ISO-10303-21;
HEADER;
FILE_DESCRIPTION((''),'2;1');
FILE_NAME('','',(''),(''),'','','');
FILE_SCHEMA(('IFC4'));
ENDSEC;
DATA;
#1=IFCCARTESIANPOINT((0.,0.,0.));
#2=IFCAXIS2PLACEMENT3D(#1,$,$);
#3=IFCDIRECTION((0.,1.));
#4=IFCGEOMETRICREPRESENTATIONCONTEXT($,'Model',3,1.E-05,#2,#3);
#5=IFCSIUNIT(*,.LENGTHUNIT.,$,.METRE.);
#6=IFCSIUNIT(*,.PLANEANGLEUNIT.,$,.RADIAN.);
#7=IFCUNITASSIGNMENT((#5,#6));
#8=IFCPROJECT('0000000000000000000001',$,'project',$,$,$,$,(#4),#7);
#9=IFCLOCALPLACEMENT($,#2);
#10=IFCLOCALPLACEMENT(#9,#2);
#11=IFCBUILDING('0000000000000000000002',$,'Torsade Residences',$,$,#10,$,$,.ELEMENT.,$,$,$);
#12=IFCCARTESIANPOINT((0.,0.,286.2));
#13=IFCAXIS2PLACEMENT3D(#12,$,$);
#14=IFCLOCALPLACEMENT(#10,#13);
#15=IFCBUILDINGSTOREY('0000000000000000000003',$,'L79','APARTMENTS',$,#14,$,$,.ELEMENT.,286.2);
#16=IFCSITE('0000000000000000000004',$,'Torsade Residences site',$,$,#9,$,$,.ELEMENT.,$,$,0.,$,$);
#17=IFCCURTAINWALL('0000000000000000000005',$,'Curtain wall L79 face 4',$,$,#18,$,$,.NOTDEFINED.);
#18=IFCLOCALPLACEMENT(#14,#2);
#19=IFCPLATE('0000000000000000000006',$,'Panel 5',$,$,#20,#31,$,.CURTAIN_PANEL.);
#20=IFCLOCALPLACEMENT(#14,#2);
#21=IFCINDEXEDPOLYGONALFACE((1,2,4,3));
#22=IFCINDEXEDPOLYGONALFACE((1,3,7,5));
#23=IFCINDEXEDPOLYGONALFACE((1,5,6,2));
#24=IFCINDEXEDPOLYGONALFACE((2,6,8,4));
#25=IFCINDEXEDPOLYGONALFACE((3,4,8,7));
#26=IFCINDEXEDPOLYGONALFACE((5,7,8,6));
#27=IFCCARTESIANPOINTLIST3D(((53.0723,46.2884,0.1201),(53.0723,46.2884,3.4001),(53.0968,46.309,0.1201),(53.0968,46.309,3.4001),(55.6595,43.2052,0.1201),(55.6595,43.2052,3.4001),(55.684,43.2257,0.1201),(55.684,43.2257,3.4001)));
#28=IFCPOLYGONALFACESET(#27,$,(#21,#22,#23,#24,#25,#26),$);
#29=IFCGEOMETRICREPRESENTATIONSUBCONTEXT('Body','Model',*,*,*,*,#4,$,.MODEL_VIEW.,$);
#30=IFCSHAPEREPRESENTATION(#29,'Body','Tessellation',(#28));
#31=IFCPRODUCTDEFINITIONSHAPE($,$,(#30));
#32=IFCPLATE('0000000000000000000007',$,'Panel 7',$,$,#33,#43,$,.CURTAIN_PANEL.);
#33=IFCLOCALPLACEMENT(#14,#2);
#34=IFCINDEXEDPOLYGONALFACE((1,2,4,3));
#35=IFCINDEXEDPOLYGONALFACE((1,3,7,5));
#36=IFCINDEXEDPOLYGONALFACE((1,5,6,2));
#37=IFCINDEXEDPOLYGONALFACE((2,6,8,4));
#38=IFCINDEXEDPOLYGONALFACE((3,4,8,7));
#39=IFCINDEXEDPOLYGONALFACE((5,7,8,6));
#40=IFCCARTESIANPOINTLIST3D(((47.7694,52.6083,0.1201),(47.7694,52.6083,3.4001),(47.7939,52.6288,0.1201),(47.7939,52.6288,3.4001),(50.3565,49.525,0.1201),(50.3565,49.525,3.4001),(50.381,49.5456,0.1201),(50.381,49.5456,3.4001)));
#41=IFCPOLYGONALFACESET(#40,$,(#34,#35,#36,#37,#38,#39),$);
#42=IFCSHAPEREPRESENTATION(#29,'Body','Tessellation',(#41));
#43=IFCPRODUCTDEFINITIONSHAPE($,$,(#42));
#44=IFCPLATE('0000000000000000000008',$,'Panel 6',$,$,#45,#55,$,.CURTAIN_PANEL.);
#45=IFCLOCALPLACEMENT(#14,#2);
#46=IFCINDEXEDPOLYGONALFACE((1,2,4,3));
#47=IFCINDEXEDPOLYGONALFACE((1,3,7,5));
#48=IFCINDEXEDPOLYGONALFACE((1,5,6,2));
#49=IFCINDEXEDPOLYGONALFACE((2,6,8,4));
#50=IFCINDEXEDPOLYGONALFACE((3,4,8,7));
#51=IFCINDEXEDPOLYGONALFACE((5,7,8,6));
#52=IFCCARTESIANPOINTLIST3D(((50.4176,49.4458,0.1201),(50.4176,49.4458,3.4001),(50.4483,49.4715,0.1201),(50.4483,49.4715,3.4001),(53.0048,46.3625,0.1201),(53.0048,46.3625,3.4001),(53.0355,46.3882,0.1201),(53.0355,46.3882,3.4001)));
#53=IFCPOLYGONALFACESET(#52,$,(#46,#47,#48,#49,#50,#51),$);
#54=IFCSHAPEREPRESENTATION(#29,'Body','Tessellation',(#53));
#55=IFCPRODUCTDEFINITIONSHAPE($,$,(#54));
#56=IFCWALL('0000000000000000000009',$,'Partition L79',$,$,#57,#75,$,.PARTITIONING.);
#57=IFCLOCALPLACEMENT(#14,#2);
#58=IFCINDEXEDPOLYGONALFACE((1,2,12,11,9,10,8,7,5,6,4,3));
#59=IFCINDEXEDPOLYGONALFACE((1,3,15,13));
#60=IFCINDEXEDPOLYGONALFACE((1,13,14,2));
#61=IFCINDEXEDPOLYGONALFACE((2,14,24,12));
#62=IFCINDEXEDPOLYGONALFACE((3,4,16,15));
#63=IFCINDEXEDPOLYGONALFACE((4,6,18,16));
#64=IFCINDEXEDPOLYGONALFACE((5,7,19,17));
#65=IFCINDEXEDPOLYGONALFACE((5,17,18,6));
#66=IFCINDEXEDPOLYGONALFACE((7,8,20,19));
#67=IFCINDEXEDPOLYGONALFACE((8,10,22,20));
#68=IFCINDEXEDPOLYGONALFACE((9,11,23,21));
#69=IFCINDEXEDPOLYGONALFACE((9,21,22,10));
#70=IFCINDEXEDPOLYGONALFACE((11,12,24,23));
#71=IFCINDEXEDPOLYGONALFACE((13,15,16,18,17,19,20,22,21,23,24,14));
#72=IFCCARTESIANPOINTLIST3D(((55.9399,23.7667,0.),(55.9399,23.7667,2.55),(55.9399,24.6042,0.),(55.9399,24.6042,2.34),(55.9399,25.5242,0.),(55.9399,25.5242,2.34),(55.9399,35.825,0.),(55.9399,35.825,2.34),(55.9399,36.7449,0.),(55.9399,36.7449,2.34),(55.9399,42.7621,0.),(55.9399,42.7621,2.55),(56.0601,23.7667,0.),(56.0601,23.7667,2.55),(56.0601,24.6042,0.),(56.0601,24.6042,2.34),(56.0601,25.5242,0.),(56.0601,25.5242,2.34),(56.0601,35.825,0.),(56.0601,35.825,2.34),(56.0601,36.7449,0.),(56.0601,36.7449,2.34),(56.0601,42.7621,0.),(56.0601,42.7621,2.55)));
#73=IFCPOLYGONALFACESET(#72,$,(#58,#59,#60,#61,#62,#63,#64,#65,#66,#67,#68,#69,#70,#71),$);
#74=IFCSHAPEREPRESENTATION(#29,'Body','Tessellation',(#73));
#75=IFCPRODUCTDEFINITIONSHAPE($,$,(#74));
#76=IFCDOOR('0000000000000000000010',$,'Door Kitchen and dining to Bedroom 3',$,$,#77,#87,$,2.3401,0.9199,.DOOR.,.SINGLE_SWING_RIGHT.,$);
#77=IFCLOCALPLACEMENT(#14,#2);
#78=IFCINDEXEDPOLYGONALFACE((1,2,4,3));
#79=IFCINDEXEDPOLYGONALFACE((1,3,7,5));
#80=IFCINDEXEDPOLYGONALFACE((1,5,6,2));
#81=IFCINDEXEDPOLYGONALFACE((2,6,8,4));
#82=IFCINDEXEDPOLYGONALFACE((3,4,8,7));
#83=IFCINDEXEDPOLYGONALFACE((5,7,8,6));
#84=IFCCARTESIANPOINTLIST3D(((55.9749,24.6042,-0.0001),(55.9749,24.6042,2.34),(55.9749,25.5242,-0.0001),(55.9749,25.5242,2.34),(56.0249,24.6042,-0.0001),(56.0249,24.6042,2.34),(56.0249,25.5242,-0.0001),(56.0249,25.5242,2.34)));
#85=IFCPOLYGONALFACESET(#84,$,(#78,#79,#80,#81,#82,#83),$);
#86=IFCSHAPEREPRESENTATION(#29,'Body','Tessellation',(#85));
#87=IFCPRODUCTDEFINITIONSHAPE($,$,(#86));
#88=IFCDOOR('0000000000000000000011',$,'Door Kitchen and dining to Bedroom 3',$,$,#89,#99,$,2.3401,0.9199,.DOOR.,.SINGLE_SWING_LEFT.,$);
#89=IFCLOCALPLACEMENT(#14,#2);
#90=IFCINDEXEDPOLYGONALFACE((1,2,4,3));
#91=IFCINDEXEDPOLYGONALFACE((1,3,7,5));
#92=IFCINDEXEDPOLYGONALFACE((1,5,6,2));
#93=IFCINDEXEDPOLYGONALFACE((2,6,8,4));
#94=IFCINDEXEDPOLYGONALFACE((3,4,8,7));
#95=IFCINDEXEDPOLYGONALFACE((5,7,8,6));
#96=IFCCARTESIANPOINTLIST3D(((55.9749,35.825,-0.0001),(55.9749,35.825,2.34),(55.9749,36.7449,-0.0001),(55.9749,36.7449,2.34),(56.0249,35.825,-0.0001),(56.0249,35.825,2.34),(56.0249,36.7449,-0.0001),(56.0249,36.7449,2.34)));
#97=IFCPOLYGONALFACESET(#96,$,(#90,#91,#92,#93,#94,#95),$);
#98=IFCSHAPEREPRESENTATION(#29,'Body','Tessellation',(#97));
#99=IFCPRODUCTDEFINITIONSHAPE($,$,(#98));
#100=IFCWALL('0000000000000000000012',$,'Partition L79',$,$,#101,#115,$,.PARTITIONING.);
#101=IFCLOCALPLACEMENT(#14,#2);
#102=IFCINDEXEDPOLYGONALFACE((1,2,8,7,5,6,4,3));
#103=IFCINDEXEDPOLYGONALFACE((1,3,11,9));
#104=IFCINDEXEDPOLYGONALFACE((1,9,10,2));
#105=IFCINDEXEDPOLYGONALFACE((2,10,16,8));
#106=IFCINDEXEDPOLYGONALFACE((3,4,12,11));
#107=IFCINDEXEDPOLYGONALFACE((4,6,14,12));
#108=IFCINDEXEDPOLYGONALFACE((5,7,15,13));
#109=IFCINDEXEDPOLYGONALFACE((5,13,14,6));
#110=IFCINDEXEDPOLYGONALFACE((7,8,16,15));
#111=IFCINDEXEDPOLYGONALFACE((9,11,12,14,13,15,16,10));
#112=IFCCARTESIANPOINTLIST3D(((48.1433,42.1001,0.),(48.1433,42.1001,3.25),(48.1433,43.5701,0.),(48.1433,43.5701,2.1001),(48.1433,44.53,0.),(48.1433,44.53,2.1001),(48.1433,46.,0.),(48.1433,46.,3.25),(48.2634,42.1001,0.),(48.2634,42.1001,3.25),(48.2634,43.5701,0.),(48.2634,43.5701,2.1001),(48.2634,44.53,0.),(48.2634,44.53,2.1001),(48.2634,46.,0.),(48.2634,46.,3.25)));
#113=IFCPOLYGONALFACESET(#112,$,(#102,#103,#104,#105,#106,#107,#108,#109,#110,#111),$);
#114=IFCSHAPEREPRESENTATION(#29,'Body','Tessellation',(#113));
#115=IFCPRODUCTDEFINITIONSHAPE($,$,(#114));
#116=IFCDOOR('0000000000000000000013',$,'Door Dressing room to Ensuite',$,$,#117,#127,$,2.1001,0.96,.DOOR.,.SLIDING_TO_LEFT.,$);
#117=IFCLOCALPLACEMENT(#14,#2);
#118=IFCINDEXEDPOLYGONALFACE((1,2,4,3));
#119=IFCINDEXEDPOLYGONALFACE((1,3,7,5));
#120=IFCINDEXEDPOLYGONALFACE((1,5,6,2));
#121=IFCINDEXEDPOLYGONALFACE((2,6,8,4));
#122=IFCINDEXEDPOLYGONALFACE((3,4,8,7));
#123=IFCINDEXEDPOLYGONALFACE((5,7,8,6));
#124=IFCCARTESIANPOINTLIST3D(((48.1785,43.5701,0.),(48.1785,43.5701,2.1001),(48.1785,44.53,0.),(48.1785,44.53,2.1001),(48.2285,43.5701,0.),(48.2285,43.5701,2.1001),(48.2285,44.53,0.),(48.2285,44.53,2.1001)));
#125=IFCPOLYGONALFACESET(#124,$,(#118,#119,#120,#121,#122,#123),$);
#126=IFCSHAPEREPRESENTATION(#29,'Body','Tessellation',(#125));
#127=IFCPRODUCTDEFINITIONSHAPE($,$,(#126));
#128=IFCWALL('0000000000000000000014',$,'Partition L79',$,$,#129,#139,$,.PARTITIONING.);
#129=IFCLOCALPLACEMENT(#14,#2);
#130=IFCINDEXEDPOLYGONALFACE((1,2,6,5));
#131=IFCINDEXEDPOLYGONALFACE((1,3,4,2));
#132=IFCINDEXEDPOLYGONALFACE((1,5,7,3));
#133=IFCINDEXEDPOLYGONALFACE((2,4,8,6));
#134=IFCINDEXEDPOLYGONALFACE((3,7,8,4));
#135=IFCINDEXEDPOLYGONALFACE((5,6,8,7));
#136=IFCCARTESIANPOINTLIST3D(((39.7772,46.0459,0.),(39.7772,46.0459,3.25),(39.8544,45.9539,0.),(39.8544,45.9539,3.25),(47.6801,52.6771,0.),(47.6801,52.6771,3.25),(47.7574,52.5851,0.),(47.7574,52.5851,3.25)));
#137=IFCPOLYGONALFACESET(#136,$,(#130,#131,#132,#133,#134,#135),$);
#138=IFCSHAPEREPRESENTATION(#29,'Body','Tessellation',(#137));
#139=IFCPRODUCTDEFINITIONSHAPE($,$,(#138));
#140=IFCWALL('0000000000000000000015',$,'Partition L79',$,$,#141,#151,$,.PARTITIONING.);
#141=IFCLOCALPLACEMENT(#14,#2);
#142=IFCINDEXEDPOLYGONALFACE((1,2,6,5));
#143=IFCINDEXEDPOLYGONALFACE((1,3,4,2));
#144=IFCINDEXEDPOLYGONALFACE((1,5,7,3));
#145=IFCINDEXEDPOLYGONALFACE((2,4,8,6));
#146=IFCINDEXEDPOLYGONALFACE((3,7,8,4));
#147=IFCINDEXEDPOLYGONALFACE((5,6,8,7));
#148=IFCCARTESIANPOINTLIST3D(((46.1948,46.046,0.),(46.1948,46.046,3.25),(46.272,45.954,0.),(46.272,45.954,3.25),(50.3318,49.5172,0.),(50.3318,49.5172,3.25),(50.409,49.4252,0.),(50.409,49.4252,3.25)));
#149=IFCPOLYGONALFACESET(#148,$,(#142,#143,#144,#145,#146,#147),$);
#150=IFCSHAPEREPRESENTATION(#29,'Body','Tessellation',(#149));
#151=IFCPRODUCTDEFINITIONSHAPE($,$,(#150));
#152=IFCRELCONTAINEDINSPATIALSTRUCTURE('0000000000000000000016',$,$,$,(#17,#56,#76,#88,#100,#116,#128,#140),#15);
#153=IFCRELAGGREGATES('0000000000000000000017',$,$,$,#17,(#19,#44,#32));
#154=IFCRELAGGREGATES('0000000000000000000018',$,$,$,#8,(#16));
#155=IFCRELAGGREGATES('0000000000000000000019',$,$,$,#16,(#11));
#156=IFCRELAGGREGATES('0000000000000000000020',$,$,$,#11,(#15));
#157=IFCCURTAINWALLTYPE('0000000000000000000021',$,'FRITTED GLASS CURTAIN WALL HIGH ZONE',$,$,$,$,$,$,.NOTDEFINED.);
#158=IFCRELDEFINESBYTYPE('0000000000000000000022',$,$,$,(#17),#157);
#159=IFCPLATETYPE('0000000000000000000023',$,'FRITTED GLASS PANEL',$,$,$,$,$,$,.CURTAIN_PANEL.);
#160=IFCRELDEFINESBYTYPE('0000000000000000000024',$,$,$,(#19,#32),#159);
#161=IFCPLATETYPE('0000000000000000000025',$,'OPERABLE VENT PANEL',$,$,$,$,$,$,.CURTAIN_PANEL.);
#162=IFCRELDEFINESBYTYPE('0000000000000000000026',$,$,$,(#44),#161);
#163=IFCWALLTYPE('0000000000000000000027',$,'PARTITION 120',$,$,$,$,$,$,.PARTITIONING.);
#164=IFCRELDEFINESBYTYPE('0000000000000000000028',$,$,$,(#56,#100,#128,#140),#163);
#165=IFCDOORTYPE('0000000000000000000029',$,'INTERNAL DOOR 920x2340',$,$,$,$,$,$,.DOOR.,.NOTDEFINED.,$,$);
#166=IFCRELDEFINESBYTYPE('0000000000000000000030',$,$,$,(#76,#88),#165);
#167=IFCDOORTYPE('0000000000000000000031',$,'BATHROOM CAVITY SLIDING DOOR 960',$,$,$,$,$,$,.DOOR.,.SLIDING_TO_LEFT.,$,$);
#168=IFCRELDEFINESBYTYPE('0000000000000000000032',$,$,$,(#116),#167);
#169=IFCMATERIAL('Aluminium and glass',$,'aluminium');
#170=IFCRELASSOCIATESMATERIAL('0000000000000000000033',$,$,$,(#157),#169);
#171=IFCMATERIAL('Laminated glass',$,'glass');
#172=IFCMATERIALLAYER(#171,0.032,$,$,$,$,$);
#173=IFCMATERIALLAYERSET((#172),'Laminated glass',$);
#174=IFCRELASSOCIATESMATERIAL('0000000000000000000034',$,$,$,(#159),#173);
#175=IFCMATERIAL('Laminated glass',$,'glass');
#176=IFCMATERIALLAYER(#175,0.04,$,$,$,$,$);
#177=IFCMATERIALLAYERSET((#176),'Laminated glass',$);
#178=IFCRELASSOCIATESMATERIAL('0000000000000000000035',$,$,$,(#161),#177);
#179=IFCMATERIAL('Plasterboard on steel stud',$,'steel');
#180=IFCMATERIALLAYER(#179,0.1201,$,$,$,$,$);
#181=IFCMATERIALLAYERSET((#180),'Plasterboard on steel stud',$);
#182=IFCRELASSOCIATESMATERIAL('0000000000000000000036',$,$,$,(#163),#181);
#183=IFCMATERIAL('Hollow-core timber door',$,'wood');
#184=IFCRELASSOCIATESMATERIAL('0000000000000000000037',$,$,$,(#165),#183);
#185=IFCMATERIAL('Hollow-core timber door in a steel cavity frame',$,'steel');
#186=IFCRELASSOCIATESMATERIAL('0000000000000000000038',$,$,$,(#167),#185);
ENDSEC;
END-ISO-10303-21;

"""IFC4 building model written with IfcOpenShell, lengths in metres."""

from ifc_helpers import new_model, si_unit, direction, frame, frame_2d, origin, origin_2d, place, context, subcontext, project, spatial, rectangle, extrude, material, layer, layer_set, type_object, element, fill, aggregate, save


model = new_model("IFC4")

# Units and contexts
model_context = context("Model", 3, precision=1e-05, world=origin(), true_north=direction((0.0, 1.0)))
body_context = subcontext(model_context, "Body", "Model", "MODEL_VIEW")
ifc_project = project(units=[si_unit("LENGTHUNIT", "METRE"), si_unit("PLANEANGLEUNIT", "RADIAN")], contexts=[model_context])

# Site, building, storey
site_placement = place(None, origin())
site = spatial("IfcSite", under=ifc_project, at=site_placement, Name="Torsade Residences site", CompositionType="ELEMENT", RefElevation=0.0)
building_placement = place(site_placement, origin())
building = spatial("IfcBuilding", under=site, at=building_placement, Name="Torsade Residences", CompositionType="ELEMENT")
storey_placement = place(building_placement, frame((0.0, 0.0, 286.2)))
storey = spatial("IfcBuildingStorey", under=building, at=storey_placement, Name="L79", Description="APARTMENTS", CompositionType="ELEMENT", Elevation=286.2)

# Curtain wall
ifc_material_1 = material(Name="Aluminium and glass", Category="aluminium")
curtain_wall_type = type_object("IfcCurtainWallType", Name="FRITTED GLASS CURTAIN WALL HIGH ZONE", PredefinedType="NOTDEFINED", material=ifc_material_1)
curtain_wall_placement = place(storey_placement, origin())
curtain_wall = element("IfcCurtainWall", 1, at=curtain_wall_placement, inside=storey, type_object=curtain_wall_type, Name="Curtain wall L79 face 4", PredefinedType="NOTDEFINED")

# Plates
ifc_material_2 = material(Name="Laminated glass", Category="glass")
ifc_layer_1 = layer(ifc_material_2, 0.032)
ifc_layer_set_1 = layer_set([ifc_layer_1], Name="Laminated glass")
plate_type_1 = type_object("IfcPlateType", Name="FRITTED GLASS PANEL", PredefinedType="CURTAIN_PANEL", material=ifc_layer_set_1)
plate_1_placement = place(storey_placement, frame((54.3782, 44.7571, 0.1201), z_axis=(0.0, 0.0, 1.0), x_axis=(-0.642788, 0.766044, 0.0)))
plate_1 = element("IfcPlate", 2, at=plate_1_placement, type_object=plate_type_1, Name="Panel 5", PredefinedType="CURTAIN_PANEL", context=body_context, shape_type="SweptSolid", body=[
    extrude(rectangle(XDim=4.0249, YDim=0.032, at=origin_2d()), origin(), (0.0, 0.0, 1.0), 3.28),
])
plate_2_placement = place(storey_placement, frame((49.0752, 51.0769, 0.1201), z_axis=(0.0, 0.0, 1.0), x_axis=(-0.642788, 0.766044, 0.0)))
plate_2 = element("IfcPlate", 3, at=plate_2_placement, type_object=plate_type_1, Name="Panel 7", PredefinedType="CURTAIN_PANEL", context=body_context, shape_type="SweptSolid", body=[
    extrude(rectangle(XDim=4.0249, YDim=0.032, at=origin_2d()), origin(), (0.0, 0.0, 1.0), 3.28),
])
ifc_material_3 = material(Name="Laminated glass", Category="glass")
ifc_layer_2 = layer(ifc_material_3, 0.04)
ifc_layer_set_2 = layer_set([ifc_layer_2], Name="Laminated glass")
plate_type_2 = type_object("IfcPlateType", Name="OPERABLE VENT PANEL", PredefinedType="CURTAIN_PANEL", material=ifc_layer_set_2)
plate_3_placement = place(storey_placement, frame((51.7266, 47.917, 0.1201), z_axis=(0.0, 0.0, 1.0), x_axis=(-0.642788, 0.766044, 0.0)))
plate_3 = element("IfcPlate", 4, at=plate_3_placement, type_object=plate_type_2, Name="Panel 6", PredefinedType="CURTAIN_PANEL", context=body_context, shape_type="SweptSolid", body=[
    extrude(rectangle(XDim=4.0249, YDim=0.04, at=origin_2d()), origin(), (0.0, 0.0, 1.0), 3.28),
])
aggregate(curtain_wall, [plate_1, plate_3, plate_2])

# Wall, openings, doors
ifc_material_4 = material(Name="Plasterboard on steel stud", Category="steel")
ifc_layer_3 = layer(ifc_material_4, 0.1201)
ifc_layer_set_3 = layer_set([ifc_layer_3], Name="Plasterboard on steel stud")
wall_type = type_object("IfcWallType", Name="PARTITION 120", PredefinedType="PARTITIONING", material=ifc_layer_set_3)
wall_1_placement = place(storey_placement, frame((56.0, 42.762, 0.0), z_axis=(0.0, 0.0, 1.0), x_axis=(0.0, -1.0, 0.0)))
wall_1 = element("IfcWall", 5, at=wall_1_placement, inside=storey, type_object=wall_type, Name="Partition L79", PredefinedType="PARTITIONING", context=body_context, shape_type="SweptSolid", body=[
    extrude(rectangle(XDim=18.9954, YDim=0.1201, at=frame_2d((9.4976, 0.0))), origin(), (0.0, 0.0, 1.0), 2.55),
])
opening_1_placement = place(wall_1_placement, frame((17.2378, 0.0, 0.0)))
opening_1 = element("IfcOpeningElement", 6, at=opening_1_placement, cuts=wall_1, PredefinedType="OPENING", context=body_context, shape_type="SweptSolid", body=[
    extrude(rectangle(XDim=0.9199, YDim=2.3401, at=frame_2d((0.46, 1.1699))), frame((0.0, 0.0701, 0.0), z_axis=(0.0, -1.0, 0.0), x_axis=(1.0, 0.0, 0.0)), (0.0, 0.0, 1.0), 0.1401),
])
opening_2_placement = place(wall_1_placement, frame((6.0171, 0.0, 0.0)))
opening_2 = element("IfcOpeningElement", 7, at=opening_2_placement, cuts=wall_1, PredefinedType="OPENING", context=body_context, shape_type="SweptSolid", body=[
    extrude(rectangle(XDim=0.9199, YDim=2.3401, at=frame_2d((0.46, 1.1699))), frame((0.0, 0.0701, 0.0), z_axis=(0.0, -1.0, 0.0), x_axis=(1.0, 0.0, 0.0)), (0.0, 0.0, 1.0), 0.1401),
])
ifc_material_5 = material(Name="Hollow-core timber door", Category="wood")
door_type_1 = type_object("IfcDoorType", Name="INTERNAL DOOR 920x2340", OperationType="NOTDEFINED", PredefinedType="DOOR", material=ifc_material_5)
door_1_placement = place(opening_1_placement, origin())
door_1 = element("IfcDoor", 8, at=door_1_placement, inside=storey, type_object=door_type_1, Name="Door Kitchen and dining to Bedroom 3", OperationType="SINGLE_SWING_RIGHT", OverallHeight=2.3401, OverallWidth=0.9199, PredefinedType="DOOR", context=body_context, shape_type="SweptSolid", body=[
    extrude(rectangle(XDim=0.9199, YDim=2.3401, at=frame_2d((0.46, 1.1699))), frame((0.0, 0.0249, 0.0), z_axis=(0.0, -1.0, 0.0), x_axis=(1.0, 0.0, 0.0)), (0.0, 0.0, 1.0), 0.05),
])
fill(opening_1, door_1)
door_2_placement = place(opening_2_placement, origin())
door_2 = element("IfcDoor", 9, at=door_2_placement, inside=storey, type_object=door_type_1, Name="Door Kitchen and dining to Bedroom 3", OperationType="SINGLE_SWING_LEFT", OverallHeight=2.3401, OverallWidth=0.9199, PredefinedType="DOOR", context=body_context, shape_type="SweptSolid", body=[
    extrude(rectangle(XDim=0.9199, YDim=2.3401, at=frame_2d((0.46, 1.1699))), frame((0.0, 0.0249, 0.0), z_axis=(0.0, -1.0, 0.0), x_axis=(1.0, 0.0, 0.0)), (0.0, 0.0, 1.0), 0.05),
])
fill(opening_2, door_2)

# Wall, opening, door
wall_2_placement = place(storey_placement, frame((48.2034, 42.1001, 0.0), z_axis=(0.0, 0.0, 1.0), x_axis=(0.0, 1.0, 0.0)))
wall_2 = element("IfcWall", 10, at=wall_2_placement, inside=storey, type_object=wall_type, Name="Partition L79", PredefinedType="PARTITIONING", context=body_context, shape_type="SweptSolid", body=[
    extrude(rectangle(XDim=3.8999, YDim=0.1201, at=frame_2d((1.95, 0.0))), origin(), (0.0, 0.0, 1.0), 3.25),
])
opening_3_placement = place(wall_2_placement, frame((1.47, 0.0, 0.0)))
opening_3 = element("IfcOpeningElement", 11, at=opening_3_placement, cuts=wall_2, PredefinedType="OPENING", context=body_context, shape_type="SweptSolid", body=[
    extrude(rectangle(XDim=0.96, YDim=2.1001, at=frame_2d((0.48, 1.05))), frame((0.0, 0.0701, 0.0), z_axis=(0.0, -1.0, 0.0), x_axis=(1.0, 0.0, 0.0)), (0.0, 0.0, 1.0), 0.1401),
])
ifc_material_6 = material(Name="Hollow-core timber door in a steel cavity frame", Category="steel")
door_type_2 = type_object("IfcDoorType", Name="BATHROOM CAVITY SLIDING DOOR 960", OperationType="SLIDING_TO_LEFT", PredefinedType="DOOR", material=ifc_material_6)
door_3_placement = place(opening_3_placement, origin())
door_3 = element("IfcDoor", 12, at=door_3_placement, inside=storey, type_object=door_type_2, Name="Door Dressing room to Ensuite", OperationType="SLIDING_TO_LEFT", OverallHeight=2.1001, OverallWidth=0.96, PredefinedType="DOOR", context=body_context, shape_type="SweptSolid", body=[
    extrude(rectangle(XDim=0.96, YDim=2.1001, at=frame_2d((0.48, 1.05))), frame((0.0, 0.0249, 0.0), z_axis=(0.0, -1.0, 0.0), x_axis=(1.0, 0.0, 0.0)), (0.0, 0.0, 1.0), 0.05),
])
fill(opening_3, door_3)

# Walls
wall_3_placement = place(storey_placement, frame((47.7188, 52.6311, 0.0), z_axis=(0.0, 0.0, 1.0), x_axis=(-0.766052, -0.642779, 0.0)))
element("IfcWall", 13, at=wall_3_placement, inside=storey, type_object=wall_type, Name="Partition L79", PredefinedType="PARTITIONING", context=body_context, shape_type="SweptSolid", body=[
    extrude(rectangle(XDim=10.3164, YDim=0.1201, at=frame_2d((5.1582, 0.0))), origin(), (0.0, 0.0, 1.0), 3.25),
])
wall_4_placement = place(storey_placement, frame((50.3704, 49.4712, 0.0), z_axis=(0.0, 0.0, 1.0), x_axis=(-0.766057, -0.642773, 0.0)))
element("IfcWall", 14, at=wall_4_placement, inside=storey, type_object=wall_type, Name="Partition L79", PredefinedType="PARTITIONING", context=body_context, shape_type="SweptSolid", body=[
    extrude(rectangle(XDim=5.4004, YDim=0.1201, at=frame_2d((2.7002, 0.0))), origin(), (0.0, 0.0, 1.0), 3.25),
])

save(model, "model.ifc")
